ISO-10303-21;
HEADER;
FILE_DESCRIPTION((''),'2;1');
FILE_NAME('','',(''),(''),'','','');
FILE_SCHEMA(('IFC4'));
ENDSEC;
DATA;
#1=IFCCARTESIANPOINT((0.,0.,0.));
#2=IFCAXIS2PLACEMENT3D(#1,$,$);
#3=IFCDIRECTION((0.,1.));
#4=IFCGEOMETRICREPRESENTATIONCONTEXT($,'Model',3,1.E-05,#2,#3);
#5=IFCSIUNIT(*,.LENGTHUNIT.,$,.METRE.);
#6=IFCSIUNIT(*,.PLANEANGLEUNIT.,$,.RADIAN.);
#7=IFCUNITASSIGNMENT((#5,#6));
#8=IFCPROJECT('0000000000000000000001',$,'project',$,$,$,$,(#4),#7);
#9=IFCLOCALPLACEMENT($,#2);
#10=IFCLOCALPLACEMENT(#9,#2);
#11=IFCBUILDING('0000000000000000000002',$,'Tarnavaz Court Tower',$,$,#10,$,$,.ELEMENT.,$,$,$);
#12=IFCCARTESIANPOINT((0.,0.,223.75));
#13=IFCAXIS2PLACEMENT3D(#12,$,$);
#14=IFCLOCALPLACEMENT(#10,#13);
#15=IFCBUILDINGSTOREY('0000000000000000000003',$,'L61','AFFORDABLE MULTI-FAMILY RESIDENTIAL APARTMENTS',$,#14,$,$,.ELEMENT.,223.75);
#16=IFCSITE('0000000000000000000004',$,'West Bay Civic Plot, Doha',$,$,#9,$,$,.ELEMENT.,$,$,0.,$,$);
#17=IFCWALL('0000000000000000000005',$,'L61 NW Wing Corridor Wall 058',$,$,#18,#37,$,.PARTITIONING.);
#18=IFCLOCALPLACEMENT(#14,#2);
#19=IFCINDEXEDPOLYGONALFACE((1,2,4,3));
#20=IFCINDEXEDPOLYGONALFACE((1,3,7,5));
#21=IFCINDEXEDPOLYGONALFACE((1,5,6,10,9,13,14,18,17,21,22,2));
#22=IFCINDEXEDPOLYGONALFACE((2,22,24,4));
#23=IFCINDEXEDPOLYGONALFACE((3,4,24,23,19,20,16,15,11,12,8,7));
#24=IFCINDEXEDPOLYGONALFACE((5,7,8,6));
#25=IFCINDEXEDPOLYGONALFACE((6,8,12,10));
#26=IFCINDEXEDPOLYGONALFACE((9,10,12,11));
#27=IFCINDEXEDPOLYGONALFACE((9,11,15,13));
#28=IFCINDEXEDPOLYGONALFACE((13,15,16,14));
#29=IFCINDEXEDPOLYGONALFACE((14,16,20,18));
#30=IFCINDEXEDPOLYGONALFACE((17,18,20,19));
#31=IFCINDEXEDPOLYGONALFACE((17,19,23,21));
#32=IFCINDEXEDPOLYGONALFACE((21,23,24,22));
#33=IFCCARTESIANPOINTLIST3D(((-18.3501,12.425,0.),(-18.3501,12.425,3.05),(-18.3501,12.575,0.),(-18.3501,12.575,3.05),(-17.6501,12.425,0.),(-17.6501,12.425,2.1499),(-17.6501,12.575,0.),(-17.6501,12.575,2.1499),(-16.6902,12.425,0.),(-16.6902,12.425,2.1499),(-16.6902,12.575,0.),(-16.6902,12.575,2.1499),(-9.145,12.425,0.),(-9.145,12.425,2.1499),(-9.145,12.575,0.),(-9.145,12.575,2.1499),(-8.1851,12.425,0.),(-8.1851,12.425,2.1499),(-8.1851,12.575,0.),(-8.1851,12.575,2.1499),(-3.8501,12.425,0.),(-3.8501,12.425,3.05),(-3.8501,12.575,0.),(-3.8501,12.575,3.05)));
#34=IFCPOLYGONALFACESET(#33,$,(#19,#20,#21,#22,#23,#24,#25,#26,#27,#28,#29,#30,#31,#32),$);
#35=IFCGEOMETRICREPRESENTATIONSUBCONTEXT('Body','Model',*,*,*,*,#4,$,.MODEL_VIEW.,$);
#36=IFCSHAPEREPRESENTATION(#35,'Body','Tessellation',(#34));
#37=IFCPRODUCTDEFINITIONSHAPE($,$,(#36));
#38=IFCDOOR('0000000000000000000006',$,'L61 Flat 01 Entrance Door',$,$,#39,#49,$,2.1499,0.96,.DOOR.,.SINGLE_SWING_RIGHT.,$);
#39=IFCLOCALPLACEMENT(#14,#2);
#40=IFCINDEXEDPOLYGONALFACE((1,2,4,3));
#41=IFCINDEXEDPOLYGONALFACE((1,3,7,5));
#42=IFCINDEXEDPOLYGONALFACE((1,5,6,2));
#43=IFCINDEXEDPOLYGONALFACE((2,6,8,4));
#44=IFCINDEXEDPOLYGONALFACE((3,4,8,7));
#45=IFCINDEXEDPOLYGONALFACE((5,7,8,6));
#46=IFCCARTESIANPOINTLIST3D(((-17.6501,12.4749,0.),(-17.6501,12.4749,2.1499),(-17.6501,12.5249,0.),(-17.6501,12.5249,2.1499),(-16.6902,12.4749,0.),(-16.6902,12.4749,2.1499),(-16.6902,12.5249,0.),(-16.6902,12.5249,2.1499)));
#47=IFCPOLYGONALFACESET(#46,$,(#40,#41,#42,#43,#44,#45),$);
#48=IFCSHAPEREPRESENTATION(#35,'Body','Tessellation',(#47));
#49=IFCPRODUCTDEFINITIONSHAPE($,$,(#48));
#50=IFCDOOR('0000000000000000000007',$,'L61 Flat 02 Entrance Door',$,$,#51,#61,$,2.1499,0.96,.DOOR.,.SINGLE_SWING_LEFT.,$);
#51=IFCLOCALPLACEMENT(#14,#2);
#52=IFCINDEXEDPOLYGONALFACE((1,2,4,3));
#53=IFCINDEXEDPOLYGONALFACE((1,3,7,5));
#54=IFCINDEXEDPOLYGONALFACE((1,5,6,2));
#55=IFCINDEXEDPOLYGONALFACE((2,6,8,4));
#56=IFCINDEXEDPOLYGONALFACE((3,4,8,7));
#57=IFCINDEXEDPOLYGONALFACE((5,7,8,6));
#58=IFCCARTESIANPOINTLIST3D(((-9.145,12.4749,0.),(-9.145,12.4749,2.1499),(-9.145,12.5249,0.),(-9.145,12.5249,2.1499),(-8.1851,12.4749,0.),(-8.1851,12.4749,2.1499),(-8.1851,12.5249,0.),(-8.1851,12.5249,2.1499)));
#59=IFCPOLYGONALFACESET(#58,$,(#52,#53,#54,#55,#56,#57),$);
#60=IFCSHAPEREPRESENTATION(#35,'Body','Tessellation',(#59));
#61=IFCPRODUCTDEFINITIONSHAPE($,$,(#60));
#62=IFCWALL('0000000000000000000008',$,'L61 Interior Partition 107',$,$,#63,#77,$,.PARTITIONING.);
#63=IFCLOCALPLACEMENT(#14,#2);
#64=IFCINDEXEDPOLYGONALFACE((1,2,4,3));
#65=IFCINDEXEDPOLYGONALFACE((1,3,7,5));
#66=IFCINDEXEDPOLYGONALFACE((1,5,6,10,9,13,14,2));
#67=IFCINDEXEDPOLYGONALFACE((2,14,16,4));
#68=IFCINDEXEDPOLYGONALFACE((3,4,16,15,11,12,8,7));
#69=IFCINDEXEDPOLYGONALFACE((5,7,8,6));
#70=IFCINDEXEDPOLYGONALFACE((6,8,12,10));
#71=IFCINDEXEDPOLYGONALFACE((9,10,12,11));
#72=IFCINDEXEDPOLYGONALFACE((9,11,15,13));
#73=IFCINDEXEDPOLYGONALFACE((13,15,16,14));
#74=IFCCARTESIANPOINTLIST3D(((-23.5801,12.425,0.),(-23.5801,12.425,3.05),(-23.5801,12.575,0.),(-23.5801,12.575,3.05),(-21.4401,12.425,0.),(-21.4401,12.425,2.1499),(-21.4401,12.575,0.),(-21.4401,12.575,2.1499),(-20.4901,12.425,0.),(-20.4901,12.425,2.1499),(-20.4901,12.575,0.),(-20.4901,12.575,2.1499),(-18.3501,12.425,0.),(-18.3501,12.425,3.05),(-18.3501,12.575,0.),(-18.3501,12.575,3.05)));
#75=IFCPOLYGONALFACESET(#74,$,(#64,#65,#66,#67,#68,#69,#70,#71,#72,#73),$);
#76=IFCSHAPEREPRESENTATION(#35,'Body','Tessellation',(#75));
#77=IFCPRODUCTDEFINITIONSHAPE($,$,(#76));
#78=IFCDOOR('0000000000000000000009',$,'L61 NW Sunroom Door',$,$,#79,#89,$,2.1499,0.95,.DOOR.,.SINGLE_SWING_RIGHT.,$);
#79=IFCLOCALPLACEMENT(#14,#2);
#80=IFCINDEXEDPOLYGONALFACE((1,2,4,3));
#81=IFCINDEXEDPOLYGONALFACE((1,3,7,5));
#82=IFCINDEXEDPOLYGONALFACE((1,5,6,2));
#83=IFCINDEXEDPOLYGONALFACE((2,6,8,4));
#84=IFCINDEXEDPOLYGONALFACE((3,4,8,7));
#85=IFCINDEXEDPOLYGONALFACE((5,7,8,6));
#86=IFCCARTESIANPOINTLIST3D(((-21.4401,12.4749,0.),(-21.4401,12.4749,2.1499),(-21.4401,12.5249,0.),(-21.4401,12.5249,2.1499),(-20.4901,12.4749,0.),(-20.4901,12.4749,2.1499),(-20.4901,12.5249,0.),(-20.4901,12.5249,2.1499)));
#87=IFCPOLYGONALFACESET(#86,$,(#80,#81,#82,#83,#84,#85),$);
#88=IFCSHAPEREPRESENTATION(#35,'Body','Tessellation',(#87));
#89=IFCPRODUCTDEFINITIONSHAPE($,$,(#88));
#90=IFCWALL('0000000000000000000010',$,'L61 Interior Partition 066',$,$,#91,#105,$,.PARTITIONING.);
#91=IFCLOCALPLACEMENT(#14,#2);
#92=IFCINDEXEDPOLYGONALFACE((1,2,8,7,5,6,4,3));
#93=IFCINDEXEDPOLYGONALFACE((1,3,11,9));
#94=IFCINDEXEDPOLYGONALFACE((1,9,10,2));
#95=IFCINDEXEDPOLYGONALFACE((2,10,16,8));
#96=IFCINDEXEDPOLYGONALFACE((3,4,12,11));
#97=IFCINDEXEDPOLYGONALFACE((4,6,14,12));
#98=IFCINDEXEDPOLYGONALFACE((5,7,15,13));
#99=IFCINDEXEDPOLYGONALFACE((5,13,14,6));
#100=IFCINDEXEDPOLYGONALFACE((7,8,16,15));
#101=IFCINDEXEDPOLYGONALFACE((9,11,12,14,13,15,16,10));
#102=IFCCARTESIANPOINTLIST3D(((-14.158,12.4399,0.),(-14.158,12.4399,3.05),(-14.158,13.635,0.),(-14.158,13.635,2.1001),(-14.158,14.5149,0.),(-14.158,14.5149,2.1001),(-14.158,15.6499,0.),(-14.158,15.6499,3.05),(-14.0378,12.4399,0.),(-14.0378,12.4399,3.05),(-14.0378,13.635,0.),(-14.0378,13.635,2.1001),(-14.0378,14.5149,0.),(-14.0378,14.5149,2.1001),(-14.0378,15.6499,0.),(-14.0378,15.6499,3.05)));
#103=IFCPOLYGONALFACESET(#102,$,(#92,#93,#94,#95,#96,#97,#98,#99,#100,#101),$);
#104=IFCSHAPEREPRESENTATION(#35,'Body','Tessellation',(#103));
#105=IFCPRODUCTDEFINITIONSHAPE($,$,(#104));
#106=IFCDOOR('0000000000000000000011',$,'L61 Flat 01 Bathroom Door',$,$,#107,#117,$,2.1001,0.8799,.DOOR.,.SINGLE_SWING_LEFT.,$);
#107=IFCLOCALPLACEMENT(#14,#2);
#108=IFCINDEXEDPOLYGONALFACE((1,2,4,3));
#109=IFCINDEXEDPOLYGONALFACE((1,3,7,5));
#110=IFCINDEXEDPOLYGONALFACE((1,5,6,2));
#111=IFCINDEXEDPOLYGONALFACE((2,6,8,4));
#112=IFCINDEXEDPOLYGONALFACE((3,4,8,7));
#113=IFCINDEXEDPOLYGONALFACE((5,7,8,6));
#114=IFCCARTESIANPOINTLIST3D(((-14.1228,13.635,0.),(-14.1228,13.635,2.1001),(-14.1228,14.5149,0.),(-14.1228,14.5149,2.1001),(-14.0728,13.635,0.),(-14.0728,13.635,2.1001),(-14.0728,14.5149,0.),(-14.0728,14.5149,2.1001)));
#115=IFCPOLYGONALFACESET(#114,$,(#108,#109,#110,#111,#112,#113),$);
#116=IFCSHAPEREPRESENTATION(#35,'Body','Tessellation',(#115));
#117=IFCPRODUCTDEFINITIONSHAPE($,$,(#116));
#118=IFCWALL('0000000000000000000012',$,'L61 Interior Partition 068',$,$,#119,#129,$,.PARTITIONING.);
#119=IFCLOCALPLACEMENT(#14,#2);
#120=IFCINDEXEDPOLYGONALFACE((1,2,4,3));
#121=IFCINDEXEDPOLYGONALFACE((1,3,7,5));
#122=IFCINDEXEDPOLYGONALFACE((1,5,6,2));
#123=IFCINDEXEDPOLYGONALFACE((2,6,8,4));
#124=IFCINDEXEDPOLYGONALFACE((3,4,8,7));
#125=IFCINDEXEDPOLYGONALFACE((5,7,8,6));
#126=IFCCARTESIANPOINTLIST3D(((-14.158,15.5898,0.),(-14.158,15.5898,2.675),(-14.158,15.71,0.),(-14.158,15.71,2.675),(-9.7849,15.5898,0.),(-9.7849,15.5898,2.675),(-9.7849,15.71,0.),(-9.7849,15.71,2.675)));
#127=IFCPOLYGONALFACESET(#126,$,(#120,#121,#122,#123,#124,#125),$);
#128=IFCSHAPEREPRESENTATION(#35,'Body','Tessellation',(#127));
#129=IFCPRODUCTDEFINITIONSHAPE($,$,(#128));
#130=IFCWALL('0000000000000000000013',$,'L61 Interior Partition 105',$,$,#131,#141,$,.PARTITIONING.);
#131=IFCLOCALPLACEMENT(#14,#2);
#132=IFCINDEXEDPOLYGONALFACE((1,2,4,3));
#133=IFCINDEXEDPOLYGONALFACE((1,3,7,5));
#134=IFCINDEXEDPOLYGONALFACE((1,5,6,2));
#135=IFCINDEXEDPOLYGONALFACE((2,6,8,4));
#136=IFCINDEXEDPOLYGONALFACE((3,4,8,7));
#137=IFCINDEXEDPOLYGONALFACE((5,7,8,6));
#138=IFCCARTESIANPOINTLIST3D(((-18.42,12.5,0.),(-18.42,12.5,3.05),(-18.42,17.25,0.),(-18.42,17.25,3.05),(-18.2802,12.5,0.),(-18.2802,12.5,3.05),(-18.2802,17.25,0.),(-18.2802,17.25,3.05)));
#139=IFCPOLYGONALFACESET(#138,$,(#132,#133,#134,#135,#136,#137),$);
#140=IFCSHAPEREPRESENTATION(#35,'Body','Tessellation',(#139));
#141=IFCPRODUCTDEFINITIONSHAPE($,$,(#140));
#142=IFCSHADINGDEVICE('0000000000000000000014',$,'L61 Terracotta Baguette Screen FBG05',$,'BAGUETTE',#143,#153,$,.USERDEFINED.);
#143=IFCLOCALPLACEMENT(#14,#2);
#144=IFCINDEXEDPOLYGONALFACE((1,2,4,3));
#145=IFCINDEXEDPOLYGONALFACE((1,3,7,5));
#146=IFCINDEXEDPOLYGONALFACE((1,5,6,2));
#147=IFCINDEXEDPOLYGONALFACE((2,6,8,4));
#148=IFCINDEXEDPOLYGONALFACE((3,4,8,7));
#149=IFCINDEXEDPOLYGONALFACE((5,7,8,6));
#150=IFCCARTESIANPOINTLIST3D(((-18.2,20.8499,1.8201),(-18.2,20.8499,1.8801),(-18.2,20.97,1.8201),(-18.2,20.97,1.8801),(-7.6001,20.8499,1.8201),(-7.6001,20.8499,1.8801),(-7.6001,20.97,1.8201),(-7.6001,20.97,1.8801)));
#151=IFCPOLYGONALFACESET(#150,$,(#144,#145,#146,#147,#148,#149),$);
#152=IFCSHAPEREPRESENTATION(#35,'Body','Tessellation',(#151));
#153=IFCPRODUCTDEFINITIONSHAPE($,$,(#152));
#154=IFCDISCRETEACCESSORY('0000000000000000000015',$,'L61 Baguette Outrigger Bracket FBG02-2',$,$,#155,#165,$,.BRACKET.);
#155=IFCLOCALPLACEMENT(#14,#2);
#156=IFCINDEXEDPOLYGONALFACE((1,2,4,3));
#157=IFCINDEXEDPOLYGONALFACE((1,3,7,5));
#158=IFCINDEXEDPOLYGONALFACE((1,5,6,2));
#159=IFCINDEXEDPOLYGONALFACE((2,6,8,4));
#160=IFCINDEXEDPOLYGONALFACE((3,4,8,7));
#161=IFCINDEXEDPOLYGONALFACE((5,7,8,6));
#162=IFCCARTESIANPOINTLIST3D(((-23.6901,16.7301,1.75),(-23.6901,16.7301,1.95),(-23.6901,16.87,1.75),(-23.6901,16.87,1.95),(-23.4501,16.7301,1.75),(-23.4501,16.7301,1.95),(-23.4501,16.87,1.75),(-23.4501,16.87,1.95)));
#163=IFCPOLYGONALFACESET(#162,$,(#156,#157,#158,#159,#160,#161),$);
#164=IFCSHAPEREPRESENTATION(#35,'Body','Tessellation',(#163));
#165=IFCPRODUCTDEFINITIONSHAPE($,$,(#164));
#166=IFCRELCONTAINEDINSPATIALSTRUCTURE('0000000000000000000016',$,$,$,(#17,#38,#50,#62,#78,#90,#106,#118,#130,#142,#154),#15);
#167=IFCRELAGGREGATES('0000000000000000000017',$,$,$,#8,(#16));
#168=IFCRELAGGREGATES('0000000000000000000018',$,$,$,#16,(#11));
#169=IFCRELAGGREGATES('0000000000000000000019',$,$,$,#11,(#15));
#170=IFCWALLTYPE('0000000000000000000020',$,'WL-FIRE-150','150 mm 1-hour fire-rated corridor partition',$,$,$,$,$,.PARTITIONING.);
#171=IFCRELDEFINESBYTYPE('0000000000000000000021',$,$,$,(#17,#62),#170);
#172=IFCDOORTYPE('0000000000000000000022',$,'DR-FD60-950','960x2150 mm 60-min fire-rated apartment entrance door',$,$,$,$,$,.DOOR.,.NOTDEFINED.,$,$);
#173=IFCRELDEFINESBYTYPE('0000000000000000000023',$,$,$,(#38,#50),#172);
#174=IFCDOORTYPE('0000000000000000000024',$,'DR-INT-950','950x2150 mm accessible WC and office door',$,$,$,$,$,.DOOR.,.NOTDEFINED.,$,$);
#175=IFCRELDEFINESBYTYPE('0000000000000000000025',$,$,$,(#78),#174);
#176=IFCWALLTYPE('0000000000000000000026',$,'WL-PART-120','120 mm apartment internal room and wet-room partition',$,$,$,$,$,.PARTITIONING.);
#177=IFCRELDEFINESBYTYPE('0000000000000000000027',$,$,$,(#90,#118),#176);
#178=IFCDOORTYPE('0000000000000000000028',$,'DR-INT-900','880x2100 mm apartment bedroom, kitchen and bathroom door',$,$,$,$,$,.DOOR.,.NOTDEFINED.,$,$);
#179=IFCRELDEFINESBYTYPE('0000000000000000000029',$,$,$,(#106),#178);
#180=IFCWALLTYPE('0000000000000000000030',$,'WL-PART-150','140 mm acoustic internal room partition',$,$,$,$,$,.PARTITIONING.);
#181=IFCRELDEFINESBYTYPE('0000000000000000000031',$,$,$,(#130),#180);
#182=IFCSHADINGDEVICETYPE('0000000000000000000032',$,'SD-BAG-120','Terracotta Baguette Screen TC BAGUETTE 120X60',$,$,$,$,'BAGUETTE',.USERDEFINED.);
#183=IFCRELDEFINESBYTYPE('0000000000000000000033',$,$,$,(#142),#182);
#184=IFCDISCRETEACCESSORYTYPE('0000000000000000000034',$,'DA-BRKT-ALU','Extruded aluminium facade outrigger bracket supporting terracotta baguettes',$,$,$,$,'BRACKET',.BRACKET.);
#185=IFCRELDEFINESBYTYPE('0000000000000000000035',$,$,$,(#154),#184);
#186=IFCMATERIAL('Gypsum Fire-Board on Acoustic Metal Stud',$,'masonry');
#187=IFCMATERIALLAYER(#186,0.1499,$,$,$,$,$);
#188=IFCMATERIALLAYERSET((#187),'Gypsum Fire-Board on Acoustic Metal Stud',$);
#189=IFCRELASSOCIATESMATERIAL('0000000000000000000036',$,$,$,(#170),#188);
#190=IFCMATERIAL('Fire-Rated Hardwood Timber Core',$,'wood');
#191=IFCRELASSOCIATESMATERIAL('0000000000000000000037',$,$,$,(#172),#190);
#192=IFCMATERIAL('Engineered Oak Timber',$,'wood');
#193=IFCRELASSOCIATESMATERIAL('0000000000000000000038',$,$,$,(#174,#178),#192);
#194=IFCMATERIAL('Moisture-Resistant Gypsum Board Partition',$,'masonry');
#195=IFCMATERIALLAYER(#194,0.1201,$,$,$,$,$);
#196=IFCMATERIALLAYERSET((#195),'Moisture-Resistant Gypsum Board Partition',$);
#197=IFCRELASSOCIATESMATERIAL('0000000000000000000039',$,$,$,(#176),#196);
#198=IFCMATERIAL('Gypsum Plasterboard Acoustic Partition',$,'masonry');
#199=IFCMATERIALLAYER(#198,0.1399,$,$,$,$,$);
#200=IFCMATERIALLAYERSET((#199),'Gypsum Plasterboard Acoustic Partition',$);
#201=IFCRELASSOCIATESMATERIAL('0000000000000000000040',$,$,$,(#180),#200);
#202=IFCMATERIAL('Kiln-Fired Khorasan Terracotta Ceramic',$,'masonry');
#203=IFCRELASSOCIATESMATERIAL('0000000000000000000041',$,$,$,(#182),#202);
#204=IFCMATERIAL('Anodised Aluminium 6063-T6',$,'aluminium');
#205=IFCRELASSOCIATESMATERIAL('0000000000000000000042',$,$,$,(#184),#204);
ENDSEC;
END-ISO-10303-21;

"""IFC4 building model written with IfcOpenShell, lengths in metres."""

from ifc_helpers import new_model, si_unit, direction, frame, frame_2d, origin, origin_2d, place, context, subcontext, project, spatial, rectangle, extrude, material, layer, layer_set, material_profile, profile_set, type_object, element, fill, save


model = new_model("IFC4")

# Units and contexts
model_context = context("Model", 3, precision=1e-05, world=origin(), true_north=direction((0.0, 1.0)))
body_context = subcontext(model_context, "Body", "Model", "MODEL_VIEW")
ifc_project = project(units=[si_unit("LENGTHUNIT", "METRE"), si_unit("PLANEANGLEUNIT", "RADIAN")], contexts=[model_context])

# Site, building, storey
site_placement = place(None, origin())
site = spatial("IfcSite", under=ifc_project, at=site_placement, Name="West Bay Civic Plot, Doha", CompositionType="ELEMENT", RefElevation=0.0)
building_placement = place(site_placement, origin())
building = spatial("IfcBuilding", under=site, at=building_placement, Name="Tarnavaz Court Tower", CompositionType="ELEMENT")
storey_placement = place(building_placement, frame((0.0, 0.0, 223.75)))
storey = spatial("IfcBuildingStorey", under=building, at=storey_placement, Name="L61", Description="AFFORDABLE MULTI-FAMILY RESIDENTIAL APARTMENTS", CompositionType="ELEMENT", Elevation=223.75)

# Wall, openings, doors
ifc_material_1 = material(Name="Gypsum Fire-Board on Acoustic Metal Stud", Category="masonry")
ifc_layer_1 = layer(ifc_material_1, 0.1499)
ifc_layer_set_1 = layer_set([ifc_layer_1], Name="Gypsum Fire-Board on Acoustic Metal Stud")
wall_type_1 = type_object("IfcWallType", Name="WL-FIRE-150", Description="150 mm 1-hour fire-rated corridor partition", PredefinedType="PARTITIONING", material=ifc_layer_set_1)
wall_1_placement = place(storey_placement, frame((-18.3501, 12.5, 0.0), z_axis=(0.0, 0.0, 1.0), x_axis=(1.0, 0.0, 0.0)))
wall_1 = element("IfcWall", 1, at=wall_1_placement, inside=storey, type_object=wall_type_1, Name="L61 NW Wing Corridor Wall 058", PredefinedType="PARTITIONING", context=body_context, shape_type="SweptSolid", body=[
    extrude(rectangle(XDim=14.5, YDim=0.1499, at=frame_2d((7.25, 0.0))), origin(), (0.0, 0.0, 1.0), 3.05),
])
opening_1_placement = place(wall_1_placement, frame((0.7, 0.0, 0.0)))
opening_1 = element("IfcOpeningElement", 2, at=opening_1_placement, cuts=wall_1, PredefinedType="OPENING", context=body_context, shape_type="SweptSolid", body=[
    extrude(rectangle(XDim=0.96, YDim=2.1499, at=frame_2d((0.48, 1.075))), frame((0.0, 0.085, 0.0), z_axis=(0.0, -1.0, 0.0), x_axis=(1.0, 0.0, 0.0)), (0.0, 0.0, 1.0), 0.1699),
])
opening_2_placement = place(wall_1_placement, frame((9.2051, 0.0, 0.0)))
opening_2 = element("IfcOpeningElement", 3, at=opening_2_placement, cuts=wall_1, PredefinedType="OPENING", context=body_context, shape_type="SweptSolid", body=[
    extrude(rectangle(XDim=0.96, YDim=2.1499, at=frame_2d((0.48, 1.075))), frame((0.0, 0.085, 0.0), z_axis=(0.0, -1.0, 0.0), x_axis=(1.0, 0.0, 0.0)), (0.0, 0.0, 1.0), 0.1699),
])
ifc_material_2 = material(Name="Fire-Rated Hardwood Timber Core", Category="wood")
door_type_1 = type_object("IfcDoorType", Name="DR-FD60-950", Description="960x2150 mm 60-min fire-rated apartment entrance door", OperationType="NOTDEFINED", PredefinedType="DOOR", material=ifc_material_2)
door_1_placement = place(opening_1_placement, origin())
door_1 = element("IfcDoor", 4, at=door_1_placement, inside=storey, type_object=door_type_1, Name="L61 Flat 01 Entrance Door", OperationType="SINGLE_SWING_RIGHT", OverallHeight=2.1499, OverallWidth=0.96, PredefinedType="DOOR", context=body_context, shape_type="SweptSolid", body=[
    extrude(rectangle(XDim=0.96, YDim=2.1499, at=frame_2d((0.48, 1.075))), frame((0.0, 0.0249, 0.0), z_axis=(0.0, -1.0, 0.0), x_axis=(1.0, 0.0, 0.0)), (0.0, 0.0, 1.0), 0.05),
])
fill(opening_1, door_1)
door_2_placement = place(opening_2_placement, origin())
door_2 = element("IfcDoor", 5, at=door_2_placement, inside=storey, type_object=door_type_1, Name="L61 Flat 02 Entrance Door", OperationType="SINGLE_SWING_LEFT", OverallHeight=2.1499, OverallWidth=0.96, PredefinedType="DOOR", context=body_context, shape_type="SweptSolid", body=[
    extrude(rectangle(XDim=0.96, YDim=2.1499, at=frame_2d((0.48, 1.075))), frame((0.0, 0.0249, 0.0), z_axis=(0.0, -1.0, 0.0), x_axis=(1.0, 0.0, 0.0)), (0.0, 0.0, 1.0), 0.05),
])
fill(opening_2, door_2)

# Walls, openings, doors
wall_2_placement = place(storey_placement, frame((-23.5801, 12.5, 0.0), z_axis=(0.0, 0.0, 1.0), x_axis=(1.0, 0.0, 0.0)))
wall_2 = element("IfcWall", 6, at=wall_2_placement, inside=storey, type_object=wall_type_1, Name="L61 Interior Partition 107", PredefinedType="PARTITIONING", context=body_context, shape_type="SweptSolid", body=[
    extrude(rectangle(XDim=5.23, YDim=0.1499, at=frame_2d((2.615, 0.0))), origin(), (0.0, 0.0, 1.0), 3.05),
])
opening_3_placement = place(wall_2_placement, frame((2.1399, 0.0, 0.0)))
opening_3 = element("IfcOpeningElement", 7, at=opening_3_placement, cuts=wall_2, PredefinedType="OPENING", context=body_context, shape_type="SweptSolid", body=[
    extrude(rectangle(XDim=0.95, YDim=2.1499, at=frame_2d((0.4751, 1.075))), frame((0.0, 0.085, 0.0), z_axis=(0.0, -1.0, 0.0), x_axis=(1.0, 0.0, 0.0)), (0.0, 0.0, 1.0), 0.1699),
])
ifc_material_3 = material(Name="Engineered Oak Timber", Category="wood")
door_type_2 = type_object("IfcDoorType", Name="DR-INT-950", Description="950x2150 mm accessible WC and office door", OperationType="NOTDEFINED", PredefinedType="DOOR", material=ifc_material_3)
door_3_placement = place(opening_3_placement, origin())
door_3 = element("IfcDoor", 8, at=door_3_placement, inside=storey, type_object=door_type_2, Name="L61 NW Sunroom Door", OperationType="SINGLE_SWING_RIGHT", OverallHeight=2.1499, OverallWidth=0.95, PredefinedType="DOOR", context=body_context, shape_type="SweptSolid", body=[
    extrude(rectangle(XDim=0.95, YDim=2.1499, at=frame_2d((0.4751, 1.075))), frame((0.0, 0.0249, 0.0), z_axis=(0.0, -1.0, 0.0), x_axis=(1.0, 0.0, 0.0)), (0.0, 0.0, 1.0), 0.05),
])
fill(opening_3, door_3)
ifc_material_4 = material(Name="Moisture-Resistant Gypsum Board Partition", Category="masonry")
ifc_layer_2 = layer(ifc_material_4, 0.1201)
ifc_layer_set_2 = layer_set([ifc_layer_2], Name="Moisture-Resistant Gypsum Board Partition")
wall_type_2 = type_object("IfcWallType", Name="WL-PART-120", Description="120 mm apartment internal room and wet-room partition", PredefinedType="PARTITIONING", material=ifc_layer_set_2)
wall_3_placement = place(storey_placement, frame((-14.0979, 12.4399, 0.0), z_axis=(0.0, 0.0, 1.0), x_axis=(0.0, 1.0, 0.0)))
wall_3 = element("IfcWall", 9, at=wall_3_placement, inside=storey, type_object=wall_type_2, Name="L61 Interior Partition 066", PredefinedType="PARTITIONING", context=body_context, shape_type="SweptSolid", body=[
    extrude(rectangle(XDim=3.21, YDim=0.1201, at=frame_2d((1.605, 0.0))), origin(), (0.0, 0.0, 1.0), 3.05),
])
opening_4_placement = place(wall_3_placement, frame((1.1951, 0.0, 0.0)))
opening_4 = element("IfcOpeningElement", 10, at=opening_4_placement, cuts=wall_3, PredefinedType="OPENING", context=body_context, shape_type="SweptSolid", body=[
    extrude(rectangle(XDim=0.8799, YDim=2.1001, at=frame_2d((0.4399, 1.05))), frame((0.0, 0.0701, 0.0), z_axis=(0.0, -1.0, 0.0), x_axis=(1.0, 0.0, 0.0)), (0.0, 0.0, 1.0), 0.1401),
])
door_type_3 = type_object("IfcDoorType", Name="DR-INT-900", Description="880x2100 mm apartment bedroom, kitchen and bathroom door", OperationType="NOTDEFINED", PredefinedType="DOOR", material=ifc_material_3)
door_4_placement = place(opening_4_placement, origin())
door_4 = element("IfcDoor", 11, at=door_4_placement, inside=storey, type_object=door_type_3, Name="L61 Flat 01 Bathroom Door", OperationType="SINGLE_SWING_LEFT", OverallHeight=2.1001, OverallWidth=0.8799, PredefinedType="DOOR", context=body_context, shape_type="SweptSolid", body=[
    extrude(rectangle(XDim=0.8799, YDim=2.1001, at=frame_2d((0.4399, 1.05))), frame((0.0, 0.0249, 0.0), z_axis=(0.0, -1.0, 0.0), x_axis=(1.0, 0.0, 0.0)), (0.0, 0.0, 1.0), 0.05),
])
fill(opening_4, door_4)

# Walls
wall_4_placement = place(storey_placement, frame((-14.158, 15.6499, 0.0), z_axis=(0.0, 0.0, 1.0), x_axis=(1.0, 0.0, 0.0)))
element("IfcWall", 12, at=wall_4_placement, inside=storey, type_object=wall_type_2, Name="L61 Interior Partition 068", PredefinedType="PARTITIONING", context=body_context, shape_type="SweptSolid", body=[
    extrude(rectangle(XDim=4.373, YDim=0.1201, at=frame_2d((2.1865, 0.0))), origin(), (0.0, 0.0, 1.0), 2.675),
])
ifc_material_5 = material(Name="Gypsum Plasterboard Acoustic Partition", Category="masonry")
ifc_layer_3 = layer(ifc_material_5, 0.1399)
ifc_layer_set_3 = layer_set([ifc_layer_3], Name="Gypsum Plasterboard Acoustic Partition")
wall_type_3 = type_object("IfcWallType", Name="WL-PART-150", Description="140 mm acoustic internal room partition", PredefinedType="PARTITIONING", material=ifc_layer_set_3)
wall_5_placement = place(storey_placement, frame((-18.3501, 12.5, 0.0), z_axis=(0.0, 0.0, 1.0), x_axis=(0.0, 1.0, 0.0)))
element("IfcWall", 13, at=wall_5_placement, inside=storey, type_object=wall_type_3, Name="L61 Interior Partition 105", PredefinedType="PARTITIONING", context=body_context, shape_type="SweptSolid", body=[
    extrude(rectangle(XDim=4.75, YDim=0.1399, at=frame_2d((2.375, 0.0))), origin(), (0.0, 0.0, 1.0), 3.05),
])

# Shading device
ifc_material_6 = material(Name="Kiln-Fired Khorasan Terracotta Ceramic", Category="masonry")
ifc_material_profile_1 = material_profile(ifc_material_6, rectangle(XDim=0.1201, YDim=0.0601, at=origin_2d()), Name="TC BAGUETTE 120X60")
ifc_profile_set_1 = profile_set([ifc_material_profile_1], Name="Kiln-Fired Khorasan Terracotta Ceramic")
shading_device_type = type_object("IfcShadingDeviceType", Name="SD-BAG-120", Description="Terracotta Baguette Screen TC BAGUETTE 120X60", ElementType="BAGUETTE", PredefinedType="USERDEFINED", material=ifc_profile_set_1)
shading_device_placement = place(storey_placement, frame((-18.2, 20.9099, 1.8501), z_axis=(1.0, 0.0, 0.0), x_axis=(0.0, 1.0, 0.0)))
element("IfcShadingDevice", 14, at=shading_device_placement, inside=storey, type_object=shading_device_type, Name="L61 Terracotta Baguette Screen FBG05", ObjectType="BAGUETTE", PredefinedType="USERDEFINED", context=body_context, shape_type="SweptSolid", body=[
    extrude(rectangle(XDim=0.1201, YDim=0.0601, at=origin_2d()), origin(), (0.0, 0.0, 1.0), 10.5999),
])

# Discrete accessory
ifc_material_7 = material(Name="Anodised Aluminium 6063-T6", Category="aluminium")
discrete_accessory_type = type_object("IfcDiscreteAccessoryType", Name="DA-BRKT-ALU", Description="Extruded aluminium facade outrigger bracket supporting terracotta baguettes", ElementType="BRACKET", PredefinedType="BRACKET", material=ifc_material_7)
for number, where, z_axis, x_axis, name in (
    (15, (-23.5701, 16.8, 1.75), (0.0, 0.0, 1.0), (0.0, 1.0, 0.0), "L61 Baguette Outrigger Bracket FBG02-2"),
):
    element("IfcDiscreteAccessory", number, at=place(storey_placement, frame(where, z_axis=z_axis, x_axis=x_axis)), inside=storey, type_object=discrete_accessory_type, Name=name, PredefinedType="BRACKET", context=body_context, shape_type="SweptSolid", body=[
        extrude(rectangle(XDim=0.1399, YDim=0.24, at=origin_2d()), origin(), (0.0, 0.0, 1.0), 0.2),
    ])

save(model, "model.ifc")
